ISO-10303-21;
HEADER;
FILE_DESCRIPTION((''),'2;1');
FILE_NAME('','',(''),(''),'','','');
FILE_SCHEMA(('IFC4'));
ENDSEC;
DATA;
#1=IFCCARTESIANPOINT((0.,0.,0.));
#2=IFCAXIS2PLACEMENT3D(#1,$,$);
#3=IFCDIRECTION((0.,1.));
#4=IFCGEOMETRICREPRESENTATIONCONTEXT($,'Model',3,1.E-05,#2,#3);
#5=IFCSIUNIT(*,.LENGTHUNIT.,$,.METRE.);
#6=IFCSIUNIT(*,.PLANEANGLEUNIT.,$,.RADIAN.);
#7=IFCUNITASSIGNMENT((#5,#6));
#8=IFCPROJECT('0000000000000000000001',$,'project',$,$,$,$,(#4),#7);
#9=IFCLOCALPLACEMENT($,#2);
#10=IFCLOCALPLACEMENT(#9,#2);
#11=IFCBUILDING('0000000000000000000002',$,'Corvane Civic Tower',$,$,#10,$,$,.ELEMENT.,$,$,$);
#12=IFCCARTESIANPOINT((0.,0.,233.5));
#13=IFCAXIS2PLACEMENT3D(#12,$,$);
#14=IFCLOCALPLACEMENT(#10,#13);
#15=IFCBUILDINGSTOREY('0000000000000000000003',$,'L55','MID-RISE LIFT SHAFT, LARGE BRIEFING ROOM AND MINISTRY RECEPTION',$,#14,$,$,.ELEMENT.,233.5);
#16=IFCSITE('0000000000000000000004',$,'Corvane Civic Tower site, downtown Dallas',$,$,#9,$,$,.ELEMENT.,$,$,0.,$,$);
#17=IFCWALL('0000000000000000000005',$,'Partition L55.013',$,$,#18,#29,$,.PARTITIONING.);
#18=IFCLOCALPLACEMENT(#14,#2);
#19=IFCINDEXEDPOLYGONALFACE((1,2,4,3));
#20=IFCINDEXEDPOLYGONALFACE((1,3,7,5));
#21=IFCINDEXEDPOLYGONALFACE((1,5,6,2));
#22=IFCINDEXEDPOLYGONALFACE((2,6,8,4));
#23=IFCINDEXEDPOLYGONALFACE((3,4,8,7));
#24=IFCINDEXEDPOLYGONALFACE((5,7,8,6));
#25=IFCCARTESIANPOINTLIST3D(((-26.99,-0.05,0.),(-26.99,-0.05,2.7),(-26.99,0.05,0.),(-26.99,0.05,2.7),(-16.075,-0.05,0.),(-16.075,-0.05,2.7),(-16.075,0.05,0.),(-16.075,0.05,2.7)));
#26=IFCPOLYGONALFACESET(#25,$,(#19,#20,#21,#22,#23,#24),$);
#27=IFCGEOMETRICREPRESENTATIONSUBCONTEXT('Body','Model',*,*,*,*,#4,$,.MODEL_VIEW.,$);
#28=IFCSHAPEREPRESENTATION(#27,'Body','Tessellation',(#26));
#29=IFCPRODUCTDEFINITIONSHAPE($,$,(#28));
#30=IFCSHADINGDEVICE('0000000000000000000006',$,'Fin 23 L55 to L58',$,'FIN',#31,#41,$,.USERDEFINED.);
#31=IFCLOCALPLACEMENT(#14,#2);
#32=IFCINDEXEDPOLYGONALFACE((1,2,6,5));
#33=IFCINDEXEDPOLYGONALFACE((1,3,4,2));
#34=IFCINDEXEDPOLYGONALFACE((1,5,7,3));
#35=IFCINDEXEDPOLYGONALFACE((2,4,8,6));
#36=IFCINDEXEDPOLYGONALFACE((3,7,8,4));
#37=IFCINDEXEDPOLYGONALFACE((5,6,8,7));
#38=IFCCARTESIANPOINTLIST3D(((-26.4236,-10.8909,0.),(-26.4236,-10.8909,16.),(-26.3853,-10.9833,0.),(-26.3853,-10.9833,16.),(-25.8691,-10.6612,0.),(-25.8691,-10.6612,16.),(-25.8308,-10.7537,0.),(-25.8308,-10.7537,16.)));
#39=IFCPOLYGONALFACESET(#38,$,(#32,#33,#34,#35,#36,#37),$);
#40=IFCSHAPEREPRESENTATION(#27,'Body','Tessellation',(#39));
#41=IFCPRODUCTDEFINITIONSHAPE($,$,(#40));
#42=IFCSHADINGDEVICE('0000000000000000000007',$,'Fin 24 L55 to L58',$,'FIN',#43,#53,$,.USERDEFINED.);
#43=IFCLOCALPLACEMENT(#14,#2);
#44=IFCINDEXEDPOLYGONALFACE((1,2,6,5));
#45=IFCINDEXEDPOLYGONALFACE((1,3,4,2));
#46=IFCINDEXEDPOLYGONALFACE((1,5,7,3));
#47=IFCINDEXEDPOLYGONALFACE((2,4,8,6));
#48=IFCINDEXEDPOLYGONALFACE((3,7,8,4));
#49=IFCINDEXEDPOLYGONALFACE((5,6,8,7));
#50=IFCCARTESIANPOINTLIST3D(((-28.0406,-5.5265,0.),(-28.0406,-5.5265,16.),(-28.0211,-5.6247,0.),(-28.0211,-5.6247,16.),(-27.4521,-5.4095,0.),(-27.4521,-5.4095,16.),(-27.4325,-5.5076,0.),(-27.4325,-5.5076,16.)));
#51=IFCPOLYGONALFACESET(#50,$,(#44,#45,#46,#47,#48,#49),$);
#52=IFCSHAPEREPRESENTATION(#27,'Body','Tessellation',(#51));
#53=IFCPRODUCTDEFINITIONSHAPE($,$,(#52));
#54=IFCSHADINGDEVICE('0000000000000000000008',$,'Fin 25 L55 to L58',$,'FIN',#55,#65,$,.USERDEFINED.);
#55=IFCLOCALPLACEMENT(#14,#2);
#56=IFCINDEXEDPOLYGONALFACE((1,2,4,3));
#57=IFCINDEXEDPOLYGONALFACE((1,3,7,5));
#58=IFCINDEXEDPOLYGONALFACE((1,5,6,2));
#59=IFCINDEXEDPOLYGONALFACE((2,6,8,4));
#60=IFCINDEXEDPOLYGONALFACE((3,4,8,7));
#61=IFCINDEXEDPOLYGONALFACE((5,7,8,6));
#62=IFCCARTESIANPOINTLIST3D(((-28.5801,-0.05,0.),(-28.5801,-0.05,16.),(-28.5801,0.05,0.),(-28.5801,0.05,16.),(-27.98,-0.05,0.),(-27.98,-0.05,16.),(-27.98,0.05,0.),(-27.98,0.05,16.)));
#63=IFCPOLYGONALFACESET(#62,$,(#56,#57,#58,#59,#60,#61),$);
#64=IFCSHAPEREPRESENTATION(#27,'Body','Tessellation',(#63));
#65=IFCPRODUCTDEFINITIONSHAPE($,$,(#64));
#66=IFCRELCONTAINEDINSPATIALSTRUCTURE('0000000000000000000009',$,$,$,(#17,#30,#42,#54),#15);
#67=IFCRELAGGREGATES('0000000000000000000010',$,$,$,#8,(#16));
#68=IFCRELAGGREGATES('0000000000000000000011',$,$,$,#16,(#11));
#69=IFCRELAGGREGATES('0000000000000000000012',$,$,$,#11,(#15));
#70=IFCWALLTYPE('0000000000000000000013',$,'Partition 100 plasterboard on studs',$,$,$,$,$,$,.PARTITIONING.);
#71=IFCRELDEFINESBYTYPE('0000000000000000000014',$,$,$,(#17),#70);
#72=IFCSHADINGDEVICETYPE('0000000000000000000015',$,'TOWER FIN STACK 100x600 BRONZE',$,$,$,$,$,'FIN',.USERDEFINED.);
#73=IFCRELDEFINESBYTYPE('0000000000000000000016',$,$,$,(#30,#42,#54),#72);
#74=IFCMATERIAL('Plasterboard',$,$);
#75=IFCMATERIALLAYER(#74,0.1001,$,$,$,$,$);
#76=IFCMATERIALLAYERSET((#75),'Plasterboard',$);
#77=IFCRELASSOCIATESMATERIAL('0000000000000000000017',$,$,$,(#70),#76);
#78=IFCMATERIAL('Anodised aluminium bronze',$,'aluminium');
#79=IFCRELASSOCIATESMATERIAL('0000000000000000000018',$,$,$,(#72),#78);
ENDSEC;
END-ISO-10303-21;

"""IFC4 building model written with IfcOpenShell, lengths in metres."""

from ifc_helpers import new_model, si_unit, direction, frame, frame_2d, origin, origin_2d, place, context, subcontext, project, spatial, rectangle, extrude, material, layer, layer_set, material_profile, profile_set, type_object, element, save


model = new_model("IFC4")

# Units and contexts
model_context = context("Model", 3, precision=1e-05, world=origin(), true_north=direction((0.0, 1.0)))
body_context = subcontext(model_context, "Body", "Model", "MODEL_VIEW")
ifc_project = project(units=[si_unit("LENGTHUNIT", "METRE"), si_unit("PLANEANGLEUNIT", "RADIAN")], contexts=[model_context])

# Site, building, storey
site_placement = place(None, origin())
site = spatial("IfcSite", under=ifc_project, at=site_placement, Name="Corvane Civic Tower site, downtown Dallas", CompositionType="ELEMENT", RefElevation=0.0)
building_placement = place(site_placement, origin())
building = spatial("IfcBuilding", under=site, at=building_placement, Name="Corvane Civic Tower", CompositionType="ELEMENT")
storey_placement = place(building_placement, frame((0.0, 0.0, 233.5)))
storey = spatial("IfcBuildingStorey", under=building, at=storey_placement, Name="L55", Description="MID-RISE LIFT SHAFT, LARGE BRIEFING ROOM AND MINISTRY RECEPTION", CompositionType="ELEMENT", Elevation=233.5)

# Wall
ifc_material_1 = material(Name="Plasterboard")
ifc_layer_1 = layer(ifc_material_1, 0.1001)
ifc_layer_set_1 = layer_set([ifc_layer_1], Name="Plasterboard")
wall_type_1 = type_object("IfcWallType", Name="Partition 100 plasterboard on studs", PredefinedType="PARTITIONING", material=ifc_layer_set_1)
wall_1_placement = place(storey_placement, frame((-26.99, 0.0, 0.0), z_axis=(0.0, 0.0, 1.0), x_axis=(1.0, 0.0, 0.0)))
element("IfcWall", 1, at=wall_1_placement, inside=storey, type_object=wall_type_1, Name="Partition L55.013", PredefinedType="PARTITIONING", context=body_context, shape_type="SweptSolid", body=[
    extrude(rectangle(XDim=10.915, YDim=0.1001, at=frame_2d((5.4575, 0.0))), origin(), (0.0, 0.0, 1.0), 2.7),
])

# Shading devices
ifc_material_2 = material(Name="Anodised aluminium bronze", Category="aluminium")
ifc_material_profile_1 = material_profile(ifc_material_2, rectangle(XDim=0.1001, YDim=0.6001, at=origin_2d()), Name="TOWER FIN STACK 100x600 BRONZE")
ifc_profile_set_1 = profile_set([ifc_material_profile_1], Name="Anodised aluminium bronze")
shading_device_type = type_object("IfcShadingDeviceType", Name="TOWER FIN STACK 100x600 BRONZE", ElementType="FIN", PredefinedType="USERDEFINED", material=ifc_profile_set_1)
for number, where, z_axis, x_axis, name in (
    (2, (-26.1272, -10.8223, 0.0), (0.0, 0.0, 1.0), (-0.382683, 0.92388, 0.0), "Fin 23 L55 to L58"),
    (3, (-27.7366, -5.5171, 0.0), (0.0, 0.0, 1.0), (-0.19509, 0.980785, 0.0), "Fin 24 L55 to L58"),
    (4, (-28.28, 0.0, 0.0), (0.0, 0.0, 1.0), (0.0, 1.0, 0.0), "Fin 25 L55 to L58"),
):
    element("IfcShadingDevice", number, at=place(storey_placement, frame(where, z_axis=z_axis, x_axis=x_axis)), inside=storey, type_object=shading_device_type, Name=name, ObjectType="FIN", PredefinedType="USERDEFINED", context=body_context, shape_type="SweptSolid", body=[
        extrude(rectangle(XDim=0.1001, YDim=0.6001, at=origin_2d()), origin(), (0.0, 0.0, 1.0), 16.0),
    ])

save(model, "model.ifc")
